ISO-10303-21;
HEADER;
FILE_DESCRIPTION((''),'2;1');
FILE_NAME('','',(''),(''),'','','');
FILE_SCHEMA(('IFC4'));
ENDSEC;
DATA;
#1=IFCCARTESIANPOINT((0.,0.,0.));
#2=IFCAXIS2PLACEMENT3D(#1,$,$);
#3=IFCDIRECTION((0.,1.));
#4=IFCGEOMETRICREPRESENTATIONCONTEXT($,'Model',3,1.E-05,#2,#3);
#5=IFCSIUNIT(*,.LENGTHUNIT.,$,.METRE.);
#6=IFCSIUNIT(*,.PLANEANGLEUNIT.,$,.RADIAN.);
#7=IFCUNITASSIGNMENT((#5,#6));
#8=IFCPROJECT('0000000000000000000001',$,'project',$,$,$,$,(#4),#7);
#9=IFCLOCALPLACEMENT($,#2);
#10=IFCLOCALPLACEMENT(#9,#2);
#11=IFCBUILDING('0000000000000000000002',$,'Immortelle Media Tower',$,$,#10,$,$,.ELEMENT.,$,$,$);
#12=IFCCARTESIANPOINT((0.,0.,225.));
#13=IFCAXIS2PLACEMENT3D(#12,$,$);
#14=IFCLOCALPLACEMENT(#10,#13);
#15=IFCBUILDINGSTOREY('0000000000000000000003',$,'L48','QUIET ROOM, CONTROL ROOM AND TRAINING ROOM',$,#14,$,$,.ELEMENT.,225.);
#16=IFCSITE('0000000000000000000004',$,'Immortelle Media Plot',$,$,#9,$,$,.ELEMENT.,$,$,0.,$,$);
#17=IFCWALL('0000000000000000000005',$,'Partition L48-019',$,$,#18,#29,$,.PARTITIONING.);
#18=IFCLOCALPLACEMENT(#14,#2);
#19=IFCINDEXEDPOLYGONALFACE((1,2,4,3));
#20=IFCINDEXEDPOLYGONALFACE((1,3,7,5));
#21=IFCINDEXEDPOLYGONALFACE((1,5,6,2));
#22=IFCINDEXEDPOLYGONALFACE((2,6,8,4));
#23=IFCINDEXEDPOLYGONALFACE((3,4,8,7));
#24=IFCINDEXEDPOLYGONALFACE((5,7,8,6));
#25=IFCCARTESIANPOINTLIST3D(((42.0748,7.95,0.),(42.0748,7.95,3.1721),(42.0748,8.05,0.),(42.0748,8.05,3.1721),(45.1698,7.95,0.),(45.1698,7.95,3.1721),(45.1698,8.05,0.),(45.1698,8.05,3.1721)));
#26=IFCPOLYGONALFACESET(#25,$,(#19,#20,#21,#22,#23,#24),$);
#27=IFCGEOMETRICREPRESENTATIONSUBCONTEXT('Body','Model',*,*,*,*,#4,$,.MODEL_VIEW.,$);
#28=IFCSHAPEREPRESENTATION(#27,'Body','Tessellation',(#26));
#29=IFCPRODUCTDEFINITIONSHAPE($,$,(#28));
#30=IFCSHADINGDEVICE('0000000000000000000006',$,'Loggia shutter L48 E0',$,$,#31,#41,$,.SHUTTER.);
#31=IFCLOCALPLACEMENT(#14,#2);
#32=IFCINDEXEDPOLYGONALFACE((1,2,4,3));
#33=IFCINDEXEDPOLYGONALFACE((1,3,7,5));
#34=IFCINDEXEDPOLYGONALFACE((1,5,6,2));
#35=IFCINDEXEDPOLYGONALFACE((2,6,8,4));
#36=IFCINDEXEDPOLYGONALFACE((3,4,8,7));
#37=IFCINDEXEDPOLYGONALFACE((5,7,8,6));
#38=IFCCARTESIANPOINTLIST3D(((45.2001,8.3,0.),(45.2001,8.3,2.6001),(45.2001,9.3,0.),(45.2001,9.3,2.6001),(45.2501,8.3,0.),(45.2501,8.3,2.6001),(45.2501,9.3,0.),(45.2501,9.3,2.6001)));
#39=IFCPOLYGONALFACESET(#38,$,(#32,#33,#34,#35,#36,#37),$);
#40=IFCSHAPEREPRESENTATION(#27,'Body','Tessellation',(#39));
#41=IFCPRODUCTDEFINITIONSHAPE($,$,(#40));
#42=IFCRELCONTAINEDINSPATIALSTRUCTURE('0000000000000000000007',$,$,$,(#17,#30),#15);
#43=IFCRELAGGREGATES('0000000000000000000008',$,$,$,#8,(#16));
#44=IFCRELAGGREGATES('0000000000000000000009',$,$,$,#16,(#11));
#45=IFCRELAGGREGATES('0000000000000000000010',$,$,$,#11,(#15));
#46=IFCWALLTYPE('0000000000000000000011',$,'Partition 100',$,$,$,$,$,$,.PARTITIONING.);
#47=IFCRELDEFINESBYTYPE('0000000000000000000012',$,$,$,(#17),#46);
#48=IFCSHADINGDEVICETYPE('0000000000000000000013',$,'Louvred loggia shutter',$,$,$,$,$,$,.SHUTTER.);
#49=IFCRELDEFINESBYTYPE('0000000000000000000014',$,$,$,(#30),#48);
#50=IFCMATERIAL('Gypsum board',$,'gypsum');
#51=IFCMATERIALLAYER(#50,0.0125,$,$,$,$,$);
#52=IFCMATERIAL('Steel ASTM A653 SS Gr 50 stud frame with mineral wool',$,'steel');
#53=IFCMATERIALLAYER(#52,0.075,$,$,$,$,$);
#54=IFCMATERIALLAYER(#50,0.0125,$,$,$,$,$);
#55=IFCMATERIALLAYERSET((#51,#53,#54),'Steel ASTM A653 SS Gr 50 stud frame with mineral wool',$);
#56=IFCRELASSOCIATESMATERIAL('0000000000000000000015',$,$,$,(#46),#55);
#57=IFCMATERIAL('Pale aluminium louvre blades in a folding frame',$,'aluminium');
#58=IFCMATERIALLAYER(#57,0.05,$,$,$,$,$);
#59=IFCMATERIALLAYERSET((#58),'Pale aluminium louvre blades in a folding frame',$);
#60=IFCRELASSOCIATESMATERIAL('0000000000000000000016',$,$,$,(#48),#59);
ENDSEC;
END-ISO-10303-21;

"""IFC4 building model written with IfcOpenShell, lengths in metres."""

from ifc_helpers import new_model, si_unit, direction, frame, frame_2d, origin, origin_2d, place, context, subcontext, project, spatial, rectangle, extrude, material, layer, layer_set, type_object, element, save


model = new_model("IFC4")

# Units and contexts
model_context = context("Model", 3, precision=1e-05, world=origin(), true_north=direction((0.0, 1.0)))
body_context = subcontext(model_context, "Body", "Model", "MODEL_VIEW")
ifc_project = project(units=[si_unit("LENGTHUNIT", "METRE"), si_unit("PLANEANGLEUNIT", "RADIAN")], contexts=[model_context])

# Site, building, storey
site_placement = place(None, origin())
site = spatial("IfcSite", under=ifc_project, at=site_placement, Name="Immortelle Media Plot", CompositionType="ELEMENT", RefElevation=0.0)
building_placement = place(site_placement, origin())
building = spatial("IfcBuilding", under=site, at=building_placement, Name="Immortelle Media Tower", CompositionType="ELEMENT")
storey_placement = place(building_placement, frame((0.0, 0.0, 225.0)))
storey = spatial("IfcBuildingStorey", under=building, at=storey_placement, Name="L48", Description="QUIET ROOM, CONTROL ROOM AND TRAINING ROOM", CompositionType="ELEMENT", Elevation=225.0)

# Shared definitions
ifc_material_1 = material(Name="Steel ASTM A653 SS Gr 50 stud frame with mineral wool", Category="steel")

# Wall
ifc_material_2 = material(Name="Gypsum board", Category="gypsum")
ifc_layer_1 = layer(ifc_material_2, 0.0125)
ifc_layer_2 = layer(ifc_material_1, 0.075)
ifc_layer_3 = layer(ifc_material_2, 0.0125)
ifc_layer_set_1 = layer_set([ifc_layer_1, ifc_layer_2, ifc_layer_3], Name="Steel ASTM A653 SS Gr 50 stud frame with mineral wool")
wall_type_1 = type_object("IfcWallType", Name="Partition 100", PredefinedType="PARTITIONING", material=ifc_layer_set_1)
wall_1_placement = place(storey_placement, frame((42.075, 8.0, 0.0), z_axis=(0.0, 0.0, 1.0), x_axis=(1.0, 0.0, 0.0)))
element("IfcWall", 1, at=wall_1_placement, inside=storey, type_object=wall_type_1, Name="Partition L48-019", PredefinedType="PARTITIONING", context=body_context, shape_type="SweptSolid", body=[
    extrude(rectangle(XDim=3.095, YDim=0.1001, at=frame_2d((1.5474, 0.0))), origin(), (0.0, 0.0, 1.0), 3.1721),
])

# Shading device
ifc_material_3 = material(Name="Pale aluminium louvre blades in a folding frame", Category="aluminium")
ifc_layer_4 = layer(ifc_material_3, 0.05)
ifc_layer_set_2 = layer_set([ifc_layer_4], Name="Pale aluminium louvre blades in a folding frame")
shading_device_type = type_object("IfcShadingDeviceType", Name="Louvred loggia shutter", PredefinedType="SHUTTER", material=ifc_layer_set_2)
shading_device_placement = place(storey_placement, frame((45.2251, 8.8, 0.0), z_axis=(0.0, 0.0, 1.0), x_axis=(0.0, 1.0, 0.0)))
element("IfcShadingDevice", 2, at=shading_device_placement, inside=storey, type_object=shading_device_type, Name="Loggia shutter L48 E0", PredefinedType="SHUTTER", context=body_context, shape_type="SweptSolid", body=[
    extrude(rectangle(XDim=1.0, YDim=0.05, at=origin_2d()), origin(), (0.0, 0.0, 1.0), 2.6001),
])

save(model, "model.ifc")
